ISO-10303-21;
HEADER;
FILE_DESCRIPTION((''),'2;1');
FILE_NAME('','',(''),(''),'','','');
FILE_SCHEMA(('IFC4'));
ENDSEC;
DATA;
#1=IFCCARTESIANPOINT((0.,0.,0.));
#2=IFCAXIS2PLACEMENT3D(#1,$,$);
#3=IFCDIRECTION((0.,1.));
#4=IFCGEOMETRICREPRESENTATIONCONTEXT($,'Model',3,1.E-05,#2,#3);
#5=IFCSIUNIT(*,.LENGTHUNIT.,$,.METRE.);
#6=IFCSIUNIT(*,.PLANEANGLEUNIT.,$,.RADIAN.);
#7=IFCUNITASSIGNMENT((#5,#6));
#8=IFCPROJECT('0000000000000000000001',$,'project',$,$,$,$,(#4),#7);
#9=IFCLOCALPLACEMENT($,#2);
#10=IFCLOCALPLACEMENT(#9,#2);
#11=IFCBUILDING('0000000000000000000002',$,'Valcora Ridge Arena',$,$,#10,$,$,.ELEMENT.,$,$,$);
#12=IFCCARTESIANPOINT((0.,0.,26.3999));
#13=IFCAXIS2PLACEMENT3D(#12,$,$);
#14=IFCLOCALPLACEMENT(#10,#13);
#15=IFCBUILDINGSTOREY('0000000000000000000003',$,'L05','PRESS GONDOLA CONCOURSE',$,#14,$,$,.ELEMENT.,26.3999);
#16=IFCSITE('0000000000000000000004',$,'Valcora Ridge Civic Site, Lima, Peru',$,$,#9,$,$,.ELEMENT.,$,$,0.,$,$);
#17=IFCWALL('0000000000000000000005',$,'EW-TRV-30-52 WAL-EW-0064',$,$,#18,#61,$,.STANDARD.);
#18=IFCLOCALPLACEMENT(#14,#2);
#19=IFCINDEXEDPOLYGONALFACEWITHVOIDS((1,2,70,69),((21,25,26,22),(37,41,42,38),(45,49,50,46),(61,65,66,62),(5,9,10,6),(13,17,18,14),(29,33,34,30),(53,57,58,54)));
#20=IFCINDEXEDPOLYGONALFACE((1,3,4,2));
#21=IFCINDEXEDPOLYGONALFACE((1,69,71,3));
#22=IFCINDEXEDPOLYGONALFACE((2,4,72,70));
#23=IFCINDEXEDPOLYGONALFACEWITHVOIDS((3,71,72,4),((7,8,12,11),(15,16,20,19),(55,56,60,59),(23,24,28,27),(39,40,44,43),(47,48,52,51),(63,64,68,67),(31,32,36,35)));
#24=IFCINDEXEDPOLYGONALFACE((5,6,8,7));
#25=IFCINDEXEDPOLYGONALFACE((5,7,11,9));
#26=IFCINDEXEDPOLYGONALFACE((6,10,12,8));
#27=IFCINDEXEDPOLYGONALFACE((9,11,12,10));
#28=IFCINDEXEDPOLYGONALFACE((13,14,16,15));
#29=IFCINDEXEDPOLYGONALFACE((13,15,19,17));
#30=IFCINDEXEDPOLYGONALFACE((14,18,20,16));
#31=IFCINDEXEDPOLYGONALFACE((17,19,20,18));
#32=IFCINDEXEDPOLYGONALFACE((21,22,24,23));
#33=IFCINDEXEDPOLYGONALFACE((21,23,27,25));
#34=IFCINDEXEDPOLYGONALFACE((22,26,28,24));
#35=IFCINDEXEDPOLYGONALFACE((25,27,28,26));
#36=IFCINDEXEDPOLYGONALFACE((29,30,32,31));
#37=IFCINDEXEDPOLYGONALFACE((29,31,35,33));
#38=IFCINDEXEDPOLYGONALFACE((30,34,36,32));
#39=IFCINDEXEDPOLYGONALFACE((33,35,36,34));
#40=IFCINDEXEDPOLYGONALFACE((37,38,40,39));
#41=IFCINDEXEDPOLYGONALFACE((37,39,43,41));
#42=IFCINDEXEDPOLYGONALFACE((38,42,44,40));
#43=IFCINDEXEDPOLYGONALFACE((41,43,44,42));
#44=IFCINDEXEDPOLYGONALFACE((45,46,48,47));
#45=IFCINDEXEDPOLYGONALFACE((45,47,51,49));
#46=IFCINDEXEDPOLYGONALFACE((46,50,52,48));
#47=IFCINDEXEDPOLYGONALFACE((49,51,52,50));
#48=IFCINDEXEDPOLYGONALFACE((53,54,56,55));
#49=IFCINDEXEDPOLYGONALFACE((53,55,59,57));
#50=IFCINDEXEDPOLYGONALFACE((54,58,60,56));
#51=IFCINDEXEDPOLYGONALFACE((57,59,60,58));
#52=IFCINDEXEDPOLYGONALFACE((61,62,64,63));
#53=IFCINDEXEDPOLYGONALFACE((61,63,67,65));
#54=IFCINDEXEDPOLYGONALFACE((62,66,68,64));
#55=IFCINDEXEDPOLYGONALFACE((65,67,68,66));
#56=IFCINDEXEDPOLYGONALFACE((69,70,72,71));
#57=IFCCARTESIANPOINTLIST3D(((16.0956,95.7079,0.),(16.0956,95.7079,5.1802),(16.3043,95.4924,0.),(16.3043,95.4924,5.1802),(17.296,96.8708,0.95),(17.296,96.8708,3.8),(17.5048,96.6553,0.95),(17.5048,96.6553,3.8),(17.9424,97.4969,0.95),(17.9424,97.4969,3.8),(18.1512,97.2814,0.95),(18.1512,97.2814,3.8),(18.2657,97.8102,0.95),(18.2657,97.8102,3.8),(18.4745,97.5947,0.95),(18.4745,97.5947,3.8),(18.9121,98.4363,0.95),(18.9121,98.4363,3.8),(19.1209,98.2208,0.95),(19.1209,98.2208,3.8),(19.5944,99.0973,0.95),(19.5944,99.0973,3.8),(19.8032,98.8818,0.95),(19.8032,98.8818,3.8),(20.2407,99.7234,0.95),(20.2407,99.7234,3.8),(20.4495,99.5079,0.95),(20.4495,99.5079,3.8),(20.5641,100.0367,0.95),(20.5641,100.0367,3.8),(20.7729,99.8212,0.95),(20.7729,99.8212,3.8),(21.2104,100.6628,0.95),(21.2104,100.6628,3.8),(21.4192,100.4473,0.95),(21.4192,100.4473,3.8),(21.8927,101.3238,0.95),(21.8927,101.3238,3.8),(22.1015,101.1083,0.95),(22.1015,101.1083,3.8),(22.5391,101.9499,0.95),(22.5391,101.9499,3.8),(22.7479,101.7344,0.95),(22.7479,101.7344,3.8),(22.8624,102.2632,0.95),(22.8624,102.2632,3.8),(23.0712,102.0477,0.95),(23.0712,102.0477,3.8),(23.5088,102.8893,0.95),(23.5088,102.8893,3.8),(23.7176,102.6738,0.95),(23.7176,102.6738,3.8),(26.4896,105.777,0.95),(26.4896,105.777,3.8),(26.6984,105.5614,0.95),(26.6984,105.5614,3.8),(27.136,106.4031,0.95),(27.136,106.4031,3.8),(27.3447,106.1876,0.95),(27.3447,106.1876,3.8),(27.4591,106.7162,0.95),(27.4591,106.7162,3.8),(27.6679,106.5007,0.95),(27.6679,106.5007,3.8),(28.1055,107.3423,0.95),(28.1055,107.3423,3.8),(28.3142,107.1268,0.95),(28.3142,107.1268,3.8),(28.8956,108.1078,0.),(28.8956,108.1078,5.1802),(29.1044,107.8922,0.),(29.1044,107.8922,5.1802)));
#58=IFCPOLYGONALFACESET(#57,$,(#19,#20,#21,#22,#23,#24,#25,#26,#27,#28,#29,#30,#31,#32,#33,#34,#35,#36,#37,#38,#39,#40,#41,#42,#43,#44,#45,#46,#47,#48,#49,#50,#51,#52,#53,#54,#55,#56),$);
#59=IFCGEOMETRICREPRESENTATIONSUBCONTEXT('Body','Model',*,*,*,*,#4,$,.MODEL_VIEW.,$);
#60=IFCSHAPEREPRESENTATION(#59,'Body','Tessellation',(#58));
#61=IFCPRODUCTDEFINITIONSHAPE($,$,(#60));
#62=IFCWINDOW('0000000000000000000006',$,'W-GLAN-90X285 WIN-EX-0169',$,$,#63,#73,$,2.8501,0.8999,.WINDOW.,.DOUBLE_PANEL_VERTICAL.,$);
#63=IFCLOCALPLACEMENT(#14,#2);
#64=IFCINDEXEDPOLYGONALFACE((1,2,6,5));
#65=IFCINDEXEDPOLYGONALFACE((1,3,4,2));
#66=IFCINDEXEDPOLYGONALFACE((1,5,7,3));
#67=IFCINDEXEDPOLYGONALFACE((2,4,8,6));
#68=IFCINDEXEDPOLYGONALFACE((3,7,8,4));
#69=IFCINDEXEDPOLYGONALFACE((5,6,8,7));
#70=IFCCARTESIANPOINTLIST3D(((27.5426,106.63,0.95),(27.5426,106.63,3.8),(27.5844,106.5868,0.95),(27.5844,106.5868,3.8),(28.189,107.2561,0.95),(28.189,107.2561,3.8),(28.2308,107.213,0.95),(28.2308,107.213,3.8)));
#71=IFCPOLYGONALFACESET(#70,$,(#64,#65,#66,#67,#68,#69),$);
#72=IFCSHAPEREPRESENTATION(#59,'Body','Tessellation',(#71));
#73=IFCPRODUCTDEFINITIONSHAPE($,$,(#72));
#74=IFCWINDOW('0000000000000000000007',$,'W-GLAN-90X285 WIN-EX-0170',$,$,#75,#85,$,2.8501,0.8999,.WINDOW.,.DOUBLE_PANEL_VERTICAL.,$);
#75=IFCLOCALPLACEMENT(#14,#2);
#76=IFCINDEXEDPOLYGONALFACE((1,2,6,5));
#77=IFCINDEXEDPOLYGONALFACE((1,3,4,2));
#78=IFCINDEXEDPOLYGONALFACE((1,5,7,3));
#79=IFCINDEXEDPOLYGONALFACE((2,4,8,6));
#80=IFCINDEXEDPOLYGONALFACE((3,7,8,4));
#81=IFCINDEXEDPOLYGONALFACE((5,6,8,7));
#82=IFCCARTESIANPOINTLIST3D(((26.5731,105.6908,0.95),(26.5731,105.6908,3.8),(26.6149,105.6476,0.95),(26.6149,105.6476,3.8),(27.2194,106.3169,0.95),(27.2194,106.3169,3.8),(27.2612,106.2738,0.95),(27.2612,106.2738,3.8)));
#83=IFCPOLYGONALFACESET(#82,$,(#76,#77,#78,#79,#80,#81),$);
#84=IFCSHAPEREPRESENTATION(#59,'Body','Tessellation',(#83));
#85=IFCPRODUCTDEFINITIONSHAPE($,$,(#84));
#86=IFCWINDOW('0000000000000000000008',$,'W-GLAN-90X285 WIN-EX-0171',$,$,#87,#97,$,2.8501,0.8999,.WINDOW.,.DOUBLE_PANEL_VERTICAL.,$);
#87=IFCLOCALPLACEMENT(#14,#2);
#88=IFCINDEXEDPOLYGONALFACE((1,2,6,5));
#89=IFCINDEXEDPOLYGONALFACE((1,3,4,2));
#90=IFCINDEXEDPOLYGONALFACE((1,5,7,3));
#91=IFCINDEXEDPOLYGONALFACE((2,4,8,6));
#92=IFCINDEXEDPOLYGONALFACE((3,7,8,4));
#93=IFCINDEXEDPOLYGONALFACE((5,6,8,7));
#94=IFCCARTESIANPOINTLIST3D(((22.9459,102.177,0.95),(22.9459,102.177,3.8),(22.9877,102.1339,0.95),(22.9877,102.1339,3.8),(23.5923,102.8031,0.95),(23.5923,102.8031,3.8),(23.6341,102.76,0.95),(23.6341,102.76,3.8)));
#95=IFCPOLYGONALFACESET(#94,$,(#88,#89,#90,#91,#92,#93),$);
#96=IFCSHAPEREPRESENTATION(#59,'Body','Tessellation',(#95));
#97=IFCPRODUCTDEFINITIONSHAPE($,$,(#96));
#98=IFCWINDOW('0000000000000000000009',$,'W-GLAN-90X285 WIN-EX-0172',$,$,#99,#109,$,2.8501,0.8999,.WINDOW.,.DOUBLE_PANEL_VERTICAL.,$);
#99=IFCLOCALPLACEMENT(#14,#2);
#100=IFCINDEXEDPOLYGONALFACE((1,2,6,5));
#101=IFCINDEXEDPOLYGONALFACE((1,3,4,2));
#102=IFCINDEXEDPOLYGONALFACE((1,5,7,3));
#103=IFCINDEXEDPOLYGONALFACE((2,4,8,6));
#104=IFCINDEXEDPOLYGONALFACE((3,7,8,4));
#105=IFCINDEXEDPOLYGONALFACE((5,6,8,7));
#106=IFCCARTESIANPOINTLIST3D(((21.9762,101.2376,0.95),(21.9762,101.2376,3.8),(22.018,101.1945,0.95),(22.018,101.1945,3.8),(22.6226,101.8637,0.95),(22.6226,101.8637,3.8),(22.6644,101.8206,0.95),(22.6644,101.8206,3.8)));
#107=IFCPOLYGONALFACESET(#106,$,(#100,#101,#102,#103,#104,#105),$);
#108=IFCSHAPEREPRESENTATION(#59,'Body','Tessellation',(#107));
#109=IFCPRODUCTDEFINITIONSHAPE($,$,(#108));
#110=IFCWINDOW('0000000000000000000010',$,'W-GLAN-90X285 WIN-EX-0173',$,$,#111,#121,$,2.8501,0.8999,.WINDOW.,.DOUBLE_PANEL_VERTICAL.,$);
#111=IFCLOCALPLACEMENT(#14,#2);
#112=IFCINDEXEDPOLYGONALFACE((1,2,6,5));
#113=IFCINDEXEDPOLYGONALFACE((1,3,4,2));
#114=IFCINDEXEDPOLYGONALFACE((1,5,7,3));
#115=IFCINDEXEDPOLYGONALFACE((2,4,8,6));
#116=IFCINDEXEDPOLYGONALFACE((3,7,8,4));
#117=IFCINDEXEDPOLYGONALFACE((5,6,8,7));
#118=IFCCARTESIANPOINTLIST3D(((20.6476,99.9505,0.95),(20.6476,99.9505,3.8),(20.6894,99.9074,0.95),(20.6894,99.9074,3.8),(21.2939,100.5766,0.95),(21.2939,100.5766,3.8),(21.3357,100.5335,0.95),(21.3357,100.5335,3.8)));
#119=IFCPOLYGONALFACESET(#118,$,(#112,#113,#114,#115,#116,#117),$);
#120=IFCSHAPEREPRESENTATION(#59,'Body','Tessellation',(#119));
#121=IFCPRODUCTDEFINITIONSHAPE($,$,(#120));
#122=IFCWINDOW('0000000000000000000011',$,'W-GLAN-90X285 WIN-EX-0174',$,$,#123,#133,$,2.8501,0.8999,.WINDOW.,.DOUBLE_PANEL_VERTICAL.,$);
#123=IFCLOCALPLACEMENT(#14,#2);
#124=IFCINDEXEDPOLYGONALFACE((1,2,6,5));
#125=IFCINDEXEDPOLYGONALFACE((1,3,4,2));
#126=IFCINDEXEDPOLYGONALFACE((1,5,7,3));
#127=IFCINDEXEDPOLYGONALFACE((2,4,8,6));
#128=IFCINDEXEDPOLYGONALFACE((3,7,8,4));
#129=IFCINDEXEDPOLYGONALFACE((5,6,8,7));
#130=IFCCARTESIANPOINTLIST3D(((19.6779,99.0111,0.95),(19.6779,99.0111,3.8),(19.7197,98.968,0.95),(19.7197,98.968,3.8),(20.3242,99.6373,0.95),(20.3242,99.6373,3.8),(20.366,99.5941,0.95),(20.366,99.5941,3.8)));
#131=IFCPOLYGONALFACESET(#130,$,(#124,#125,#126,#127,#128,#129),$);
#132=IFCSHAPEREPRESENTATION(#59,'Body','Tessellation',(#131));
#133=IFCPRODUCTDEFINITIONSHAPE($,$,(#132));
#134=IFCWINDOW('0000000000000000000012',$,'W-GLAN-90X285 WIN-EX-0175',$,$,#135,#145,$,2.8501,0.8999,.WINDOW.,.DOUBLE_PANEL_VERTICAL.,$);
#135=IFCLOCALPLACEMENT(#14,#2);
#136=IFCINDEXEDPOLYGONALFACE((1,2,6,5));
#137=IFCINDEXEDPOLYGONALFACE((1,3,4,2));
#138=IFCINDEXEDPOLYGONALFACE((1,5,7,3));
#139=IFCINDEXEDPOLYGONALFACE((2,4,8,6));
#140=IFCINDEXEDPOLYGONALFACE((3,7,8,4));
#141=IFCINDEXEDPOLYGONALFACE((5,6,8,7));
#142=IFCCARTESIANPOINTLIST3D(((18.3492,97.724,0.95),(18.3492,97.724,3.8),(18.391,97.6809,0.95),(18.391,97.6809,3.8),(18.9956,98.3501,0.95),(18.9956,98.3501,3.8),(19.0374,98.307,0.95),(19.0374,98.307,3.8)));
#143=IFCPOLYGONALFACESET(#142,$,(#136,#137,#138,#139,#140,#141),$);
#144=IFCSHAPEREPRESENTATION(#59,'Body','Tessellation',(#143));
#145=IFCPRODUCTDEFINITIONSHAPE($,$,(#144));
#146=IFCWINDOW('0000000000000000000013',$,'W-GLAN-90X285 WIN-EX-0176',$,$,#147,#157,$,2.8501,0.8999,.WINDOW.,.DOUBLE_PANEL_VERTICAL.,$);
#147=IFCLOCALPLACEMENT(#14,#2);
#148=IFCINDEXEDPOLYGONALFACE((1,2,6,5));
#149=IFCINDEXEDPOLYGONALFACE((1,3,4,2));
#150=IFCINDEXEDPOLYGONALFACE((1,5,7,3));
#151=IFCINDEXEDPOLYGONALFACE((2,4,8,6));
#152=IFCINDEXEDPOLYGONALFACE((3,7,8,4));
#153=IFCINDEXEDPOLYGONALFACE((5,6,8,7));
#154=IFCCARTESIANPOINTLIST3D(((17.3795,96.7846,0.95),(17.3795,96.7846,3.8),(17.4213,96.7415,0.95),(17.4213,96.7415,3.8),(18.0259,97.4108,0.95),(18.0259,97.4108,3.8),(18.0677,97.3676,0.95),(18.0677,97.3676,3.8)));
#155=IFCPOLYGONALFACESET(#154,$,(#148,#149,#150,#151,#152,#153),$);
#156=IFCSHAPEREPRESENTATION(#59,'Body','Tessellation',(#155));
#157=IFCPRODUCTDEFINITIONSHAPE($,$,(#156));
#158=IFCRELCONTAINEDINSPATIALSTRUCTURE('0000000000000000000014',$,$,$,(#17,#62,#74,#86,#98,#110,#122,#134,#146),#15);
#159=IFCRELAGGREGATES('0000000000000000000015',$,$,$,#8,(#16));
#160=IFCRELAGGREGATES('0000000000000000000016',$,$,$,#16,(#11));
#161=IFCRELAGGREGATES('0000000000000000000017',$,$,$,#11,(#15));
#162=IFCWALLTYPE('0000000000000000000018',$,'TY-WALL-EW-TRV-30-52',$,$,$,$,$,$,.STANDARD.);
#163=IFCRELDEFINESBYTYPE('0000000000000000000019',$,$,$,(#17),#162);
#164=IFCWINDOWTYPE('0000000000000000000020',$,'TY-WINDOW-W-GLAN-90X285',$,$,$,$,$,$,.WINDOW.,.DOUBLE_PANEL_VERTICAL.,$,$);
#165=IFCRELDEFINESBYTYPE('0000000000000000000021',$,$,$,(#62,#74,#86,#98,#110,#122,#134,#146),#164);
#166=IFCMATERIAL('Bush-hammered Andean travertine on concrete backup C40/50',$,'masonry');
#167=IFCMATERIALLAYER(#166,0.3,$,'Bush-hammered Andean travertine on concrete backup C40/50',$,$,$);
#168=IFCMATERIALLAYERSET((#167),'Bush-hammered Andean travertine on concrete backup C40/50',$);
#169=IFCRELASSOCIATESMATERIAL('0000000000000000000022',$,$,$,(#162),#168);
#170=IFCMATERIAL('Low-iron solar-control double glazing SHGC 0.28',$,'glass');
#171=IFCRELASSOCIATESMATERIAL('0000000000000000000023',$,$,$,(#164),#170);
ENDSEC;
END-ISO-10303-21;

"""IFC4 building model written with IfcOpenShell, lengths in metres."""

from ifc_helpers import new_model, si_unit, direction, frame, frame_2d, origin, place, context, subcontext, project, spatial, rectangle, extrude, material, layer, layer_set, type_object, element, fill, save


model = new_model("IFC4")

# Units and contexts
model_context = context("Model", 3, precision=1e-05, world=origin(), true_north=direction((0.0, 1.0)))
body_context = subcontext(model_context, "Body", "Model", "MODEL_VIEW")
ifc_project = project(units=[si_unit("LENGTHUNIT", "METRE"), si_unit("PLANEANGLEUNIT", "RADIAN")], contexts=[model_context])

# Site, building, storey
site_placement = place(None, origin())
site = spatial("IfcSite", under=ifc_project, at=site_placement, Name="Valcora Ridge Civic Site, Lima, Peru", CompositionType="ELEMENT", RefElevation=0.0)
building_placement = place(site_placement, origin())
building = spatial("IfcBuilding", under=site, at=building_placement, Name="Valcora Ridge Arena", CompositionType="ELEMENT")
storey_placement = place(building_placement, frame((0.0, 0.0, 26.3999)))
storey = spatial("IfcBuildingStorey", under=building, at=storey_placement, Name="L05", Description="PRESS GONDOLA CONCOURSE", CompositionType="ELEMENT", Elevation=26.3999)

# Shared definitions
ifc_material_1 = material(Name="Low-iron solar-control double glazing SHGC 0.28", Category="glass")

# Wall, openings, windows
ifc_material_2 = material(Name="Bush-hammered Andean travertine on concrete backup C40/50", Category="masonry")
ifc_layer_1 = layer(ifc_material_2, 0.3, Name="Bush-hammered Andean travertine on concrete backup C40/50")
ifc_layer_set_1 = layer_set([ifc_layer_1], Name="Bush-hammered Andean travertine on concrete backup C40/50")
wall_type = type_object("IfcWallType", Name="TY-WALL-EW-TRV-30-52", PredefinedType="STANDARD", material=ifc_layer_set_1)
wall_placement = place(storey_placement, frame((29.0, 108.0, 0.0), z_axis=(0.0, 0.0, 1.0), x_axis=(-0.718244, -0.695791, 0.0)))
wall = element("IfcWall", 1, at=wall_placement, inside=storey, type_object=wall_type, Name="EW-TRV-30-52 WAL-EW-0064", PredefinedType="STANDARD", context=body_context, shape_type="SweptSolid", body=[
    extrude(rectangle(XDim=17.8213, YDim=0.3, at=frame_2d((8.9106, 0.0))), origin(), (0.0, 0.0, 1.0), 5.1802),
])
opening_1_placement = place(wall_placement, frame((1.1001, 0.0, 0.95)))
opening_1 = element("IfcOpeningElement", 2, at=opening_1_placement, cuts=wall, PredefinedType="OPENING", context=body_context, shape_type="SweptSolid", body=[
    extrude(rectangle(XDim=0.8999, YDim=2.8501, at=frame_2d((0.45, 1.425))), frame((0.0, 0.1599, 0.0), z_axis=(0.0, -1.0, 0.0), x_axis=(1.0, 0.0, 0.0)), (0.0, 0.0, 1.0), 0.3201),
])
opening_2_placement = place(wall_placement, frame((2.45, 0.0, 0.95)))
opening_2 = element("IfcOpeningElement", 3, at=opening_2_placement, cuts=wall, PredefinedType="OPENING", context=body_context, shape_type="SweptSolid", body=[
    extrude(rectangle(XDim=0.8999, YDim=2.8501, at=frame_2d((0.45, 1.425))), frame((0.0, 0.1599, 0.0), z_axis=(0.0, -1.0, 0.0), x_axis=(1.0, 0.0, 0.0)), (0.0, 0.0, 1.0), 0.3201),
])
opening_3_placement = place(wall_placement, frame((7.5, 0.0, 0.95)))
opening_3 = element("IfcOpeningElement", 4, at=opening_3_placement, cuts=wall, PredefinedType="OPENING", context=body_context, shape_type="SweptSolid", body=[
    extrude(rectangle(XDim=0.8999, YDim=2.8501, at=frame_2d((0.45, 1.425))), frame((0.0, 0.1599, 0.0), z_axis=(0.0, -1.0, 0.0), x_axis=(1.0, 0.0, 0.0)), (0.0, 0.0, 1.0), 0.3201),
])
opening_4_placement = place(wall_placement, frame((8.8501, 0.0, 0.95)))
opening_4 = element("IfcOpeningElement", 5, at=opening_4_placement, cuts=wall, PredefinedType="OPENING", context=body_context, shape_type="SweptSolid", body=[
    extrude(rectangle(XDim=0.8999, YDim=2.8501, at=frame_2d((0.45, 1.425))), frame((0.0, 0.1599, 0.0), z_axis=(0.0, -1.0, 0.0), x_axis=(1.0, 0.0, 0.0)), (0.0, 0.0, 1.0), 0.3201),
])
opening_5_placement = place(wall_placement, frame((10.7, 0.0, 0.95)))
opening_5 = element("IfcOpeningElement", 6, at=opening_5_placement, cuts=wall, PredefinedType="OPENING", context=body_context, shape_type="SweptSolid", body=[
    extrude(rectangle(XDim=0.8999, YDim=2.8501, at=frame_2d((0.45, 1.425))), frame((0.0, 0.1599, 0.0), z_axis=(0.0, -1.0, 0.0), x_axis=(1.0, 0.0, 0.0)), (0.0, 0.0, 1.0), 0.3201),
])
opening_6_placement = place(wall_placement, frame((12.05, 0.0, 0.95)))
opening_6 = element("IfcOpeningElement", 7, at=opening_6_placement, cuts=wall, PredefinedType="OPENING", context=body_context, shape_type="SweptSolid", body=[
    extrude(rectangle(XDim=0.8999, YDim=2.8501, at=frame_2d((0.45, 1.425))), frame((0.0, 0.1599, 0.0), z_axis=(0.0, -1.0, 0.0), x_axis=(1.0, 0.0, 0.0)), (0.0, 0.0, 1.0), 0.3201),
])
opening_7_placement = place(wall_placement, frame((13.8999, 0.0, 0.95)))
opening_7 = element("IfcOpeningElement", 8, at=opening_7_placement, cuts=wall, PredefinedType="OPENING", context=body_context, shape_type="SweptSolid", body=[
    extrude(rectangle(XDim=0.8999, YDim=2.8501, at=frame_2d((0.45, 1.425))), frame((0.0, 0.1599, 0.0), z_axis=(0.0, -1.0, 0.0), x_axis=(1.0, 0.0, 0.0)), (0.0, 0.0, 1.0), 0.3201),
])
opening_8_placement = place(wall_placement, frame((15.25, 0.0, 0.95)))
opening_8 = element("IfcOpeningElement", 9, at=opening_8_placement, cuts=wall, PredefinedType="OPENING", context=body_context, shape_type="SweptSolid", body=[
    extrude(rectangle(XDim=0.8999, YDim=2.8501, at=frame_2d((0.45, 1.425))), frame((0.0, 0.1599, 0.0), z_axis=(0.0, -1.0, 0.0), x_axis=(1.0, 0.0, 0.0)), (0.0, 0.0, 1.0), 0.3201),
])
window_type = type_object("IfcWindowType", Name="TY-WINDOW-W-GLAN-90X285", PartitioningType="DOUBLE_PANEL_VERTICAL", PredefinedType="WINDOW", material=ifc_material_1)
window_1_placement = place(opening_1_placement, origin())
window_1 = element("IfcWindow", 10, at=window_1_placement, inside=storey, type_object=window_type, Name="W-GLAN-90X285 WIN-EX-0169", OverallHeight=2.8501, OverallWidth=0.8999, PartitioningType="DOUBLE_PANEL_VERTICAL", PredefinedType="WINDOW", context=body_context, shape_type="SweptSolid", body=[
    extrude(rectangle(XDim=0.8999, YDim=2.8501, at=frame_2d((0.45, 1.425))), frame((0.0, 0.03, 0.0), z_axis=(0.0, -1.0, 0.0), x_axis=(1.0, 0.0, 0.0)), (0.0, 0.0, 1.0), 0.0601),
])
fill(opening_1, window_1)
window_2_placement = place(opening_2_placement, origin())
window_2 = element("IfcWindow", 11, at=window_2_placement, inside=storey, type_object=window_type, Name="W-GLAN-90X285 WIN-EX-0170", OverallHeight=2.8501, OverallWidth=0.8999, PartitioningType="DOUBLE_PANEL_VERTICAL", PredefinedType="WINDOW", context=body_context, shape_type="SweptSolid", body=[
    extrude(rectangle(XDim=0.8999, YDim=2.8501, at=frame_2d((0.45, 1.425))), frame((0.0, 0.03, 0.0), z_axis=(0.0, -1.0, 0.0), x_axis=(1.0, 0.0, 0.0)), (0.0, 0.0, 1.0), 0.0601),
])
fill(opening_2, window_2)
window_3_placement = place(opening_3_placement, origin())
window_3 = element("IfcWindow", 12, at=window_3_placement, inside=storey, type_object=window_type, Name="W-GLAN-90X285 WIN-EX-0171", OverallHeight=2.8501, OverallWidth=0.8999, PartitioningType="DOUBLE_PANEL_VERTICAL", PredefinedType="WINDOW", context=body_context, shape_type="SweptSolid", body=[
    extrude(rectangle(XDim=0.8999, YDim=2.8501, at=frame_2d((0.45, 1.425))), frame((0.0, 0.03, 0.0), z_axis=(0.0, -1.0, 0.0), x_axis=(1.0, 0.0, 0.0)), (0.0, 0.0, 1.0), 0.0601),
])
fill(opening_3, window_3)
window_4_placement = place(opening_4_placement, origin())
window_4 = element("IfcWindow", 13, at=window_4_placement, inside=storey, type_object=window_type, Name="W-GLAN-90X285 WIN-EX-0172", OverallHeight=2.8501, OverallWidth=0.8999, PartitioningType="DOUBLE_PANEL_VERTICAL", PredefinedType="WINDOW", context=body_context, shape_type="SweptSolid", body=[
    extrude(rectangle(XDim=0.8999, YDim=2.8501, at=frame_2d((0.45, 1.425))), frame((0.0, 0.03, 0.0), z_axis=(0.0, -1.0, 0.0), x_axis=(1.0, 0.0, 0.0)), (0.0, 0.0, 1.0), 0.0601),
])
fill(opening_4, window_4)
window_5_placement = place(opening_5_placement, origin())
window_5 = element("IfcWindow", 14, at=window_5_placement, inside=storey, type_object=window_type, Name="W-GLAN-90X285 WIN-EX-0173", OverallHeight=2.8501, OverallWidth=0.8999, PartitioningType="DOUBLE_PANEL_VERTICAL", PredefinedType="WINDOW", context=body_context, shape_type="SweptSolid", body=[
    extrude(rectangle(XDim=0.8999, YDim=2.8501, at=frame_2d((0.45, 1.425))), frame((0.0, 0.03, 0.0), z_axis=(0.0, -1.0, 0.0), x_axis=(1.0, 0.0, 0.0)), (0.0, 0.0, 1.0), 0.0601),
])
fill(opening_5, window_5)
window_6_placement = place(opening_6_placement, origin())
window_6 = element("IfcWindow", 15, at=window_6_placement, inside=storey, type_object=window_type, Name="W-GLAN-90X285 WIN-EX-0174", OverallHeight=2.8501, OverallWidth=0.8999, PartitioningType="DOUBLE_PANEL_VERTICAL", PredefinedType="WINDOW", context=body_context, shape_type="SweptSolid", body=[
    extrude(rectangle(XDim=0.8999, YDim=2.8501, at=frame_2d((0.45, 1.425))), frame((0.0, 0.03, 0.0), z_axis=(0.0, -1.0, 0.0), x_axis=(1.0, 0.0, 0.0)), (0.0, 0.0, 1.0), 0.0601),
])
fill(opening_6, window_6)
window_7_placement = place(opening_7_placement, origin())
window_7 = element("IfcWindow", 16, at=window_7_placement, inside=storey, type_object=window_type, Name="W-GLAN-90X285 WIN-EX-0175", OverallHeight=2.8501, OverallWidth=0.8999, PartitioningType="DOUBLE_PANEL_VERTICAL", PredefinedType="WINDOW", context=body_context, shape_type="SweptSolid", body=[
    extrude(rectangle(XDim=0.8999, YDim=2.8501, at=frame_2d((0.45, 1.425))), frame((0.0, 0.03, 0.0), z_axis=(0.0, -1.0, 0.0), x_axis=(1.0, 0.0, 0.0)), (0.0, 0.0, 1.0), 0.0601),
])
fill(opening_7, window_7)
window_8_placement = place(opening_8_placement, origin())
window_8 = element("IfcWindow", 17, at=window_8_placement, inside=storey, type_object=window_type, Name="W-GLAN-90X285 WIN-EX-0176", OverallHeight=2.8501, OverallWidth=0.8999, PartitioningType="DOUBLE_PANEL_VERTICAL", PredefinedType="WINDOW", context=body_context, shape_type="SweptSolid", body=[
    extrude(rectangle(XDim=0.8999, YDim=2.8501, at=frame_2d((0.45, 1.425))), frame((0.0, 0.03, 0.0), z_axis=(0.0, -1.0, 0.0), x_axis=(1.0, 0.0, 0.0)), (0.0, 0.0, 1.0), 0.0601),
])
fill(opening_8, window_8)

save(model, "model.ifc")
